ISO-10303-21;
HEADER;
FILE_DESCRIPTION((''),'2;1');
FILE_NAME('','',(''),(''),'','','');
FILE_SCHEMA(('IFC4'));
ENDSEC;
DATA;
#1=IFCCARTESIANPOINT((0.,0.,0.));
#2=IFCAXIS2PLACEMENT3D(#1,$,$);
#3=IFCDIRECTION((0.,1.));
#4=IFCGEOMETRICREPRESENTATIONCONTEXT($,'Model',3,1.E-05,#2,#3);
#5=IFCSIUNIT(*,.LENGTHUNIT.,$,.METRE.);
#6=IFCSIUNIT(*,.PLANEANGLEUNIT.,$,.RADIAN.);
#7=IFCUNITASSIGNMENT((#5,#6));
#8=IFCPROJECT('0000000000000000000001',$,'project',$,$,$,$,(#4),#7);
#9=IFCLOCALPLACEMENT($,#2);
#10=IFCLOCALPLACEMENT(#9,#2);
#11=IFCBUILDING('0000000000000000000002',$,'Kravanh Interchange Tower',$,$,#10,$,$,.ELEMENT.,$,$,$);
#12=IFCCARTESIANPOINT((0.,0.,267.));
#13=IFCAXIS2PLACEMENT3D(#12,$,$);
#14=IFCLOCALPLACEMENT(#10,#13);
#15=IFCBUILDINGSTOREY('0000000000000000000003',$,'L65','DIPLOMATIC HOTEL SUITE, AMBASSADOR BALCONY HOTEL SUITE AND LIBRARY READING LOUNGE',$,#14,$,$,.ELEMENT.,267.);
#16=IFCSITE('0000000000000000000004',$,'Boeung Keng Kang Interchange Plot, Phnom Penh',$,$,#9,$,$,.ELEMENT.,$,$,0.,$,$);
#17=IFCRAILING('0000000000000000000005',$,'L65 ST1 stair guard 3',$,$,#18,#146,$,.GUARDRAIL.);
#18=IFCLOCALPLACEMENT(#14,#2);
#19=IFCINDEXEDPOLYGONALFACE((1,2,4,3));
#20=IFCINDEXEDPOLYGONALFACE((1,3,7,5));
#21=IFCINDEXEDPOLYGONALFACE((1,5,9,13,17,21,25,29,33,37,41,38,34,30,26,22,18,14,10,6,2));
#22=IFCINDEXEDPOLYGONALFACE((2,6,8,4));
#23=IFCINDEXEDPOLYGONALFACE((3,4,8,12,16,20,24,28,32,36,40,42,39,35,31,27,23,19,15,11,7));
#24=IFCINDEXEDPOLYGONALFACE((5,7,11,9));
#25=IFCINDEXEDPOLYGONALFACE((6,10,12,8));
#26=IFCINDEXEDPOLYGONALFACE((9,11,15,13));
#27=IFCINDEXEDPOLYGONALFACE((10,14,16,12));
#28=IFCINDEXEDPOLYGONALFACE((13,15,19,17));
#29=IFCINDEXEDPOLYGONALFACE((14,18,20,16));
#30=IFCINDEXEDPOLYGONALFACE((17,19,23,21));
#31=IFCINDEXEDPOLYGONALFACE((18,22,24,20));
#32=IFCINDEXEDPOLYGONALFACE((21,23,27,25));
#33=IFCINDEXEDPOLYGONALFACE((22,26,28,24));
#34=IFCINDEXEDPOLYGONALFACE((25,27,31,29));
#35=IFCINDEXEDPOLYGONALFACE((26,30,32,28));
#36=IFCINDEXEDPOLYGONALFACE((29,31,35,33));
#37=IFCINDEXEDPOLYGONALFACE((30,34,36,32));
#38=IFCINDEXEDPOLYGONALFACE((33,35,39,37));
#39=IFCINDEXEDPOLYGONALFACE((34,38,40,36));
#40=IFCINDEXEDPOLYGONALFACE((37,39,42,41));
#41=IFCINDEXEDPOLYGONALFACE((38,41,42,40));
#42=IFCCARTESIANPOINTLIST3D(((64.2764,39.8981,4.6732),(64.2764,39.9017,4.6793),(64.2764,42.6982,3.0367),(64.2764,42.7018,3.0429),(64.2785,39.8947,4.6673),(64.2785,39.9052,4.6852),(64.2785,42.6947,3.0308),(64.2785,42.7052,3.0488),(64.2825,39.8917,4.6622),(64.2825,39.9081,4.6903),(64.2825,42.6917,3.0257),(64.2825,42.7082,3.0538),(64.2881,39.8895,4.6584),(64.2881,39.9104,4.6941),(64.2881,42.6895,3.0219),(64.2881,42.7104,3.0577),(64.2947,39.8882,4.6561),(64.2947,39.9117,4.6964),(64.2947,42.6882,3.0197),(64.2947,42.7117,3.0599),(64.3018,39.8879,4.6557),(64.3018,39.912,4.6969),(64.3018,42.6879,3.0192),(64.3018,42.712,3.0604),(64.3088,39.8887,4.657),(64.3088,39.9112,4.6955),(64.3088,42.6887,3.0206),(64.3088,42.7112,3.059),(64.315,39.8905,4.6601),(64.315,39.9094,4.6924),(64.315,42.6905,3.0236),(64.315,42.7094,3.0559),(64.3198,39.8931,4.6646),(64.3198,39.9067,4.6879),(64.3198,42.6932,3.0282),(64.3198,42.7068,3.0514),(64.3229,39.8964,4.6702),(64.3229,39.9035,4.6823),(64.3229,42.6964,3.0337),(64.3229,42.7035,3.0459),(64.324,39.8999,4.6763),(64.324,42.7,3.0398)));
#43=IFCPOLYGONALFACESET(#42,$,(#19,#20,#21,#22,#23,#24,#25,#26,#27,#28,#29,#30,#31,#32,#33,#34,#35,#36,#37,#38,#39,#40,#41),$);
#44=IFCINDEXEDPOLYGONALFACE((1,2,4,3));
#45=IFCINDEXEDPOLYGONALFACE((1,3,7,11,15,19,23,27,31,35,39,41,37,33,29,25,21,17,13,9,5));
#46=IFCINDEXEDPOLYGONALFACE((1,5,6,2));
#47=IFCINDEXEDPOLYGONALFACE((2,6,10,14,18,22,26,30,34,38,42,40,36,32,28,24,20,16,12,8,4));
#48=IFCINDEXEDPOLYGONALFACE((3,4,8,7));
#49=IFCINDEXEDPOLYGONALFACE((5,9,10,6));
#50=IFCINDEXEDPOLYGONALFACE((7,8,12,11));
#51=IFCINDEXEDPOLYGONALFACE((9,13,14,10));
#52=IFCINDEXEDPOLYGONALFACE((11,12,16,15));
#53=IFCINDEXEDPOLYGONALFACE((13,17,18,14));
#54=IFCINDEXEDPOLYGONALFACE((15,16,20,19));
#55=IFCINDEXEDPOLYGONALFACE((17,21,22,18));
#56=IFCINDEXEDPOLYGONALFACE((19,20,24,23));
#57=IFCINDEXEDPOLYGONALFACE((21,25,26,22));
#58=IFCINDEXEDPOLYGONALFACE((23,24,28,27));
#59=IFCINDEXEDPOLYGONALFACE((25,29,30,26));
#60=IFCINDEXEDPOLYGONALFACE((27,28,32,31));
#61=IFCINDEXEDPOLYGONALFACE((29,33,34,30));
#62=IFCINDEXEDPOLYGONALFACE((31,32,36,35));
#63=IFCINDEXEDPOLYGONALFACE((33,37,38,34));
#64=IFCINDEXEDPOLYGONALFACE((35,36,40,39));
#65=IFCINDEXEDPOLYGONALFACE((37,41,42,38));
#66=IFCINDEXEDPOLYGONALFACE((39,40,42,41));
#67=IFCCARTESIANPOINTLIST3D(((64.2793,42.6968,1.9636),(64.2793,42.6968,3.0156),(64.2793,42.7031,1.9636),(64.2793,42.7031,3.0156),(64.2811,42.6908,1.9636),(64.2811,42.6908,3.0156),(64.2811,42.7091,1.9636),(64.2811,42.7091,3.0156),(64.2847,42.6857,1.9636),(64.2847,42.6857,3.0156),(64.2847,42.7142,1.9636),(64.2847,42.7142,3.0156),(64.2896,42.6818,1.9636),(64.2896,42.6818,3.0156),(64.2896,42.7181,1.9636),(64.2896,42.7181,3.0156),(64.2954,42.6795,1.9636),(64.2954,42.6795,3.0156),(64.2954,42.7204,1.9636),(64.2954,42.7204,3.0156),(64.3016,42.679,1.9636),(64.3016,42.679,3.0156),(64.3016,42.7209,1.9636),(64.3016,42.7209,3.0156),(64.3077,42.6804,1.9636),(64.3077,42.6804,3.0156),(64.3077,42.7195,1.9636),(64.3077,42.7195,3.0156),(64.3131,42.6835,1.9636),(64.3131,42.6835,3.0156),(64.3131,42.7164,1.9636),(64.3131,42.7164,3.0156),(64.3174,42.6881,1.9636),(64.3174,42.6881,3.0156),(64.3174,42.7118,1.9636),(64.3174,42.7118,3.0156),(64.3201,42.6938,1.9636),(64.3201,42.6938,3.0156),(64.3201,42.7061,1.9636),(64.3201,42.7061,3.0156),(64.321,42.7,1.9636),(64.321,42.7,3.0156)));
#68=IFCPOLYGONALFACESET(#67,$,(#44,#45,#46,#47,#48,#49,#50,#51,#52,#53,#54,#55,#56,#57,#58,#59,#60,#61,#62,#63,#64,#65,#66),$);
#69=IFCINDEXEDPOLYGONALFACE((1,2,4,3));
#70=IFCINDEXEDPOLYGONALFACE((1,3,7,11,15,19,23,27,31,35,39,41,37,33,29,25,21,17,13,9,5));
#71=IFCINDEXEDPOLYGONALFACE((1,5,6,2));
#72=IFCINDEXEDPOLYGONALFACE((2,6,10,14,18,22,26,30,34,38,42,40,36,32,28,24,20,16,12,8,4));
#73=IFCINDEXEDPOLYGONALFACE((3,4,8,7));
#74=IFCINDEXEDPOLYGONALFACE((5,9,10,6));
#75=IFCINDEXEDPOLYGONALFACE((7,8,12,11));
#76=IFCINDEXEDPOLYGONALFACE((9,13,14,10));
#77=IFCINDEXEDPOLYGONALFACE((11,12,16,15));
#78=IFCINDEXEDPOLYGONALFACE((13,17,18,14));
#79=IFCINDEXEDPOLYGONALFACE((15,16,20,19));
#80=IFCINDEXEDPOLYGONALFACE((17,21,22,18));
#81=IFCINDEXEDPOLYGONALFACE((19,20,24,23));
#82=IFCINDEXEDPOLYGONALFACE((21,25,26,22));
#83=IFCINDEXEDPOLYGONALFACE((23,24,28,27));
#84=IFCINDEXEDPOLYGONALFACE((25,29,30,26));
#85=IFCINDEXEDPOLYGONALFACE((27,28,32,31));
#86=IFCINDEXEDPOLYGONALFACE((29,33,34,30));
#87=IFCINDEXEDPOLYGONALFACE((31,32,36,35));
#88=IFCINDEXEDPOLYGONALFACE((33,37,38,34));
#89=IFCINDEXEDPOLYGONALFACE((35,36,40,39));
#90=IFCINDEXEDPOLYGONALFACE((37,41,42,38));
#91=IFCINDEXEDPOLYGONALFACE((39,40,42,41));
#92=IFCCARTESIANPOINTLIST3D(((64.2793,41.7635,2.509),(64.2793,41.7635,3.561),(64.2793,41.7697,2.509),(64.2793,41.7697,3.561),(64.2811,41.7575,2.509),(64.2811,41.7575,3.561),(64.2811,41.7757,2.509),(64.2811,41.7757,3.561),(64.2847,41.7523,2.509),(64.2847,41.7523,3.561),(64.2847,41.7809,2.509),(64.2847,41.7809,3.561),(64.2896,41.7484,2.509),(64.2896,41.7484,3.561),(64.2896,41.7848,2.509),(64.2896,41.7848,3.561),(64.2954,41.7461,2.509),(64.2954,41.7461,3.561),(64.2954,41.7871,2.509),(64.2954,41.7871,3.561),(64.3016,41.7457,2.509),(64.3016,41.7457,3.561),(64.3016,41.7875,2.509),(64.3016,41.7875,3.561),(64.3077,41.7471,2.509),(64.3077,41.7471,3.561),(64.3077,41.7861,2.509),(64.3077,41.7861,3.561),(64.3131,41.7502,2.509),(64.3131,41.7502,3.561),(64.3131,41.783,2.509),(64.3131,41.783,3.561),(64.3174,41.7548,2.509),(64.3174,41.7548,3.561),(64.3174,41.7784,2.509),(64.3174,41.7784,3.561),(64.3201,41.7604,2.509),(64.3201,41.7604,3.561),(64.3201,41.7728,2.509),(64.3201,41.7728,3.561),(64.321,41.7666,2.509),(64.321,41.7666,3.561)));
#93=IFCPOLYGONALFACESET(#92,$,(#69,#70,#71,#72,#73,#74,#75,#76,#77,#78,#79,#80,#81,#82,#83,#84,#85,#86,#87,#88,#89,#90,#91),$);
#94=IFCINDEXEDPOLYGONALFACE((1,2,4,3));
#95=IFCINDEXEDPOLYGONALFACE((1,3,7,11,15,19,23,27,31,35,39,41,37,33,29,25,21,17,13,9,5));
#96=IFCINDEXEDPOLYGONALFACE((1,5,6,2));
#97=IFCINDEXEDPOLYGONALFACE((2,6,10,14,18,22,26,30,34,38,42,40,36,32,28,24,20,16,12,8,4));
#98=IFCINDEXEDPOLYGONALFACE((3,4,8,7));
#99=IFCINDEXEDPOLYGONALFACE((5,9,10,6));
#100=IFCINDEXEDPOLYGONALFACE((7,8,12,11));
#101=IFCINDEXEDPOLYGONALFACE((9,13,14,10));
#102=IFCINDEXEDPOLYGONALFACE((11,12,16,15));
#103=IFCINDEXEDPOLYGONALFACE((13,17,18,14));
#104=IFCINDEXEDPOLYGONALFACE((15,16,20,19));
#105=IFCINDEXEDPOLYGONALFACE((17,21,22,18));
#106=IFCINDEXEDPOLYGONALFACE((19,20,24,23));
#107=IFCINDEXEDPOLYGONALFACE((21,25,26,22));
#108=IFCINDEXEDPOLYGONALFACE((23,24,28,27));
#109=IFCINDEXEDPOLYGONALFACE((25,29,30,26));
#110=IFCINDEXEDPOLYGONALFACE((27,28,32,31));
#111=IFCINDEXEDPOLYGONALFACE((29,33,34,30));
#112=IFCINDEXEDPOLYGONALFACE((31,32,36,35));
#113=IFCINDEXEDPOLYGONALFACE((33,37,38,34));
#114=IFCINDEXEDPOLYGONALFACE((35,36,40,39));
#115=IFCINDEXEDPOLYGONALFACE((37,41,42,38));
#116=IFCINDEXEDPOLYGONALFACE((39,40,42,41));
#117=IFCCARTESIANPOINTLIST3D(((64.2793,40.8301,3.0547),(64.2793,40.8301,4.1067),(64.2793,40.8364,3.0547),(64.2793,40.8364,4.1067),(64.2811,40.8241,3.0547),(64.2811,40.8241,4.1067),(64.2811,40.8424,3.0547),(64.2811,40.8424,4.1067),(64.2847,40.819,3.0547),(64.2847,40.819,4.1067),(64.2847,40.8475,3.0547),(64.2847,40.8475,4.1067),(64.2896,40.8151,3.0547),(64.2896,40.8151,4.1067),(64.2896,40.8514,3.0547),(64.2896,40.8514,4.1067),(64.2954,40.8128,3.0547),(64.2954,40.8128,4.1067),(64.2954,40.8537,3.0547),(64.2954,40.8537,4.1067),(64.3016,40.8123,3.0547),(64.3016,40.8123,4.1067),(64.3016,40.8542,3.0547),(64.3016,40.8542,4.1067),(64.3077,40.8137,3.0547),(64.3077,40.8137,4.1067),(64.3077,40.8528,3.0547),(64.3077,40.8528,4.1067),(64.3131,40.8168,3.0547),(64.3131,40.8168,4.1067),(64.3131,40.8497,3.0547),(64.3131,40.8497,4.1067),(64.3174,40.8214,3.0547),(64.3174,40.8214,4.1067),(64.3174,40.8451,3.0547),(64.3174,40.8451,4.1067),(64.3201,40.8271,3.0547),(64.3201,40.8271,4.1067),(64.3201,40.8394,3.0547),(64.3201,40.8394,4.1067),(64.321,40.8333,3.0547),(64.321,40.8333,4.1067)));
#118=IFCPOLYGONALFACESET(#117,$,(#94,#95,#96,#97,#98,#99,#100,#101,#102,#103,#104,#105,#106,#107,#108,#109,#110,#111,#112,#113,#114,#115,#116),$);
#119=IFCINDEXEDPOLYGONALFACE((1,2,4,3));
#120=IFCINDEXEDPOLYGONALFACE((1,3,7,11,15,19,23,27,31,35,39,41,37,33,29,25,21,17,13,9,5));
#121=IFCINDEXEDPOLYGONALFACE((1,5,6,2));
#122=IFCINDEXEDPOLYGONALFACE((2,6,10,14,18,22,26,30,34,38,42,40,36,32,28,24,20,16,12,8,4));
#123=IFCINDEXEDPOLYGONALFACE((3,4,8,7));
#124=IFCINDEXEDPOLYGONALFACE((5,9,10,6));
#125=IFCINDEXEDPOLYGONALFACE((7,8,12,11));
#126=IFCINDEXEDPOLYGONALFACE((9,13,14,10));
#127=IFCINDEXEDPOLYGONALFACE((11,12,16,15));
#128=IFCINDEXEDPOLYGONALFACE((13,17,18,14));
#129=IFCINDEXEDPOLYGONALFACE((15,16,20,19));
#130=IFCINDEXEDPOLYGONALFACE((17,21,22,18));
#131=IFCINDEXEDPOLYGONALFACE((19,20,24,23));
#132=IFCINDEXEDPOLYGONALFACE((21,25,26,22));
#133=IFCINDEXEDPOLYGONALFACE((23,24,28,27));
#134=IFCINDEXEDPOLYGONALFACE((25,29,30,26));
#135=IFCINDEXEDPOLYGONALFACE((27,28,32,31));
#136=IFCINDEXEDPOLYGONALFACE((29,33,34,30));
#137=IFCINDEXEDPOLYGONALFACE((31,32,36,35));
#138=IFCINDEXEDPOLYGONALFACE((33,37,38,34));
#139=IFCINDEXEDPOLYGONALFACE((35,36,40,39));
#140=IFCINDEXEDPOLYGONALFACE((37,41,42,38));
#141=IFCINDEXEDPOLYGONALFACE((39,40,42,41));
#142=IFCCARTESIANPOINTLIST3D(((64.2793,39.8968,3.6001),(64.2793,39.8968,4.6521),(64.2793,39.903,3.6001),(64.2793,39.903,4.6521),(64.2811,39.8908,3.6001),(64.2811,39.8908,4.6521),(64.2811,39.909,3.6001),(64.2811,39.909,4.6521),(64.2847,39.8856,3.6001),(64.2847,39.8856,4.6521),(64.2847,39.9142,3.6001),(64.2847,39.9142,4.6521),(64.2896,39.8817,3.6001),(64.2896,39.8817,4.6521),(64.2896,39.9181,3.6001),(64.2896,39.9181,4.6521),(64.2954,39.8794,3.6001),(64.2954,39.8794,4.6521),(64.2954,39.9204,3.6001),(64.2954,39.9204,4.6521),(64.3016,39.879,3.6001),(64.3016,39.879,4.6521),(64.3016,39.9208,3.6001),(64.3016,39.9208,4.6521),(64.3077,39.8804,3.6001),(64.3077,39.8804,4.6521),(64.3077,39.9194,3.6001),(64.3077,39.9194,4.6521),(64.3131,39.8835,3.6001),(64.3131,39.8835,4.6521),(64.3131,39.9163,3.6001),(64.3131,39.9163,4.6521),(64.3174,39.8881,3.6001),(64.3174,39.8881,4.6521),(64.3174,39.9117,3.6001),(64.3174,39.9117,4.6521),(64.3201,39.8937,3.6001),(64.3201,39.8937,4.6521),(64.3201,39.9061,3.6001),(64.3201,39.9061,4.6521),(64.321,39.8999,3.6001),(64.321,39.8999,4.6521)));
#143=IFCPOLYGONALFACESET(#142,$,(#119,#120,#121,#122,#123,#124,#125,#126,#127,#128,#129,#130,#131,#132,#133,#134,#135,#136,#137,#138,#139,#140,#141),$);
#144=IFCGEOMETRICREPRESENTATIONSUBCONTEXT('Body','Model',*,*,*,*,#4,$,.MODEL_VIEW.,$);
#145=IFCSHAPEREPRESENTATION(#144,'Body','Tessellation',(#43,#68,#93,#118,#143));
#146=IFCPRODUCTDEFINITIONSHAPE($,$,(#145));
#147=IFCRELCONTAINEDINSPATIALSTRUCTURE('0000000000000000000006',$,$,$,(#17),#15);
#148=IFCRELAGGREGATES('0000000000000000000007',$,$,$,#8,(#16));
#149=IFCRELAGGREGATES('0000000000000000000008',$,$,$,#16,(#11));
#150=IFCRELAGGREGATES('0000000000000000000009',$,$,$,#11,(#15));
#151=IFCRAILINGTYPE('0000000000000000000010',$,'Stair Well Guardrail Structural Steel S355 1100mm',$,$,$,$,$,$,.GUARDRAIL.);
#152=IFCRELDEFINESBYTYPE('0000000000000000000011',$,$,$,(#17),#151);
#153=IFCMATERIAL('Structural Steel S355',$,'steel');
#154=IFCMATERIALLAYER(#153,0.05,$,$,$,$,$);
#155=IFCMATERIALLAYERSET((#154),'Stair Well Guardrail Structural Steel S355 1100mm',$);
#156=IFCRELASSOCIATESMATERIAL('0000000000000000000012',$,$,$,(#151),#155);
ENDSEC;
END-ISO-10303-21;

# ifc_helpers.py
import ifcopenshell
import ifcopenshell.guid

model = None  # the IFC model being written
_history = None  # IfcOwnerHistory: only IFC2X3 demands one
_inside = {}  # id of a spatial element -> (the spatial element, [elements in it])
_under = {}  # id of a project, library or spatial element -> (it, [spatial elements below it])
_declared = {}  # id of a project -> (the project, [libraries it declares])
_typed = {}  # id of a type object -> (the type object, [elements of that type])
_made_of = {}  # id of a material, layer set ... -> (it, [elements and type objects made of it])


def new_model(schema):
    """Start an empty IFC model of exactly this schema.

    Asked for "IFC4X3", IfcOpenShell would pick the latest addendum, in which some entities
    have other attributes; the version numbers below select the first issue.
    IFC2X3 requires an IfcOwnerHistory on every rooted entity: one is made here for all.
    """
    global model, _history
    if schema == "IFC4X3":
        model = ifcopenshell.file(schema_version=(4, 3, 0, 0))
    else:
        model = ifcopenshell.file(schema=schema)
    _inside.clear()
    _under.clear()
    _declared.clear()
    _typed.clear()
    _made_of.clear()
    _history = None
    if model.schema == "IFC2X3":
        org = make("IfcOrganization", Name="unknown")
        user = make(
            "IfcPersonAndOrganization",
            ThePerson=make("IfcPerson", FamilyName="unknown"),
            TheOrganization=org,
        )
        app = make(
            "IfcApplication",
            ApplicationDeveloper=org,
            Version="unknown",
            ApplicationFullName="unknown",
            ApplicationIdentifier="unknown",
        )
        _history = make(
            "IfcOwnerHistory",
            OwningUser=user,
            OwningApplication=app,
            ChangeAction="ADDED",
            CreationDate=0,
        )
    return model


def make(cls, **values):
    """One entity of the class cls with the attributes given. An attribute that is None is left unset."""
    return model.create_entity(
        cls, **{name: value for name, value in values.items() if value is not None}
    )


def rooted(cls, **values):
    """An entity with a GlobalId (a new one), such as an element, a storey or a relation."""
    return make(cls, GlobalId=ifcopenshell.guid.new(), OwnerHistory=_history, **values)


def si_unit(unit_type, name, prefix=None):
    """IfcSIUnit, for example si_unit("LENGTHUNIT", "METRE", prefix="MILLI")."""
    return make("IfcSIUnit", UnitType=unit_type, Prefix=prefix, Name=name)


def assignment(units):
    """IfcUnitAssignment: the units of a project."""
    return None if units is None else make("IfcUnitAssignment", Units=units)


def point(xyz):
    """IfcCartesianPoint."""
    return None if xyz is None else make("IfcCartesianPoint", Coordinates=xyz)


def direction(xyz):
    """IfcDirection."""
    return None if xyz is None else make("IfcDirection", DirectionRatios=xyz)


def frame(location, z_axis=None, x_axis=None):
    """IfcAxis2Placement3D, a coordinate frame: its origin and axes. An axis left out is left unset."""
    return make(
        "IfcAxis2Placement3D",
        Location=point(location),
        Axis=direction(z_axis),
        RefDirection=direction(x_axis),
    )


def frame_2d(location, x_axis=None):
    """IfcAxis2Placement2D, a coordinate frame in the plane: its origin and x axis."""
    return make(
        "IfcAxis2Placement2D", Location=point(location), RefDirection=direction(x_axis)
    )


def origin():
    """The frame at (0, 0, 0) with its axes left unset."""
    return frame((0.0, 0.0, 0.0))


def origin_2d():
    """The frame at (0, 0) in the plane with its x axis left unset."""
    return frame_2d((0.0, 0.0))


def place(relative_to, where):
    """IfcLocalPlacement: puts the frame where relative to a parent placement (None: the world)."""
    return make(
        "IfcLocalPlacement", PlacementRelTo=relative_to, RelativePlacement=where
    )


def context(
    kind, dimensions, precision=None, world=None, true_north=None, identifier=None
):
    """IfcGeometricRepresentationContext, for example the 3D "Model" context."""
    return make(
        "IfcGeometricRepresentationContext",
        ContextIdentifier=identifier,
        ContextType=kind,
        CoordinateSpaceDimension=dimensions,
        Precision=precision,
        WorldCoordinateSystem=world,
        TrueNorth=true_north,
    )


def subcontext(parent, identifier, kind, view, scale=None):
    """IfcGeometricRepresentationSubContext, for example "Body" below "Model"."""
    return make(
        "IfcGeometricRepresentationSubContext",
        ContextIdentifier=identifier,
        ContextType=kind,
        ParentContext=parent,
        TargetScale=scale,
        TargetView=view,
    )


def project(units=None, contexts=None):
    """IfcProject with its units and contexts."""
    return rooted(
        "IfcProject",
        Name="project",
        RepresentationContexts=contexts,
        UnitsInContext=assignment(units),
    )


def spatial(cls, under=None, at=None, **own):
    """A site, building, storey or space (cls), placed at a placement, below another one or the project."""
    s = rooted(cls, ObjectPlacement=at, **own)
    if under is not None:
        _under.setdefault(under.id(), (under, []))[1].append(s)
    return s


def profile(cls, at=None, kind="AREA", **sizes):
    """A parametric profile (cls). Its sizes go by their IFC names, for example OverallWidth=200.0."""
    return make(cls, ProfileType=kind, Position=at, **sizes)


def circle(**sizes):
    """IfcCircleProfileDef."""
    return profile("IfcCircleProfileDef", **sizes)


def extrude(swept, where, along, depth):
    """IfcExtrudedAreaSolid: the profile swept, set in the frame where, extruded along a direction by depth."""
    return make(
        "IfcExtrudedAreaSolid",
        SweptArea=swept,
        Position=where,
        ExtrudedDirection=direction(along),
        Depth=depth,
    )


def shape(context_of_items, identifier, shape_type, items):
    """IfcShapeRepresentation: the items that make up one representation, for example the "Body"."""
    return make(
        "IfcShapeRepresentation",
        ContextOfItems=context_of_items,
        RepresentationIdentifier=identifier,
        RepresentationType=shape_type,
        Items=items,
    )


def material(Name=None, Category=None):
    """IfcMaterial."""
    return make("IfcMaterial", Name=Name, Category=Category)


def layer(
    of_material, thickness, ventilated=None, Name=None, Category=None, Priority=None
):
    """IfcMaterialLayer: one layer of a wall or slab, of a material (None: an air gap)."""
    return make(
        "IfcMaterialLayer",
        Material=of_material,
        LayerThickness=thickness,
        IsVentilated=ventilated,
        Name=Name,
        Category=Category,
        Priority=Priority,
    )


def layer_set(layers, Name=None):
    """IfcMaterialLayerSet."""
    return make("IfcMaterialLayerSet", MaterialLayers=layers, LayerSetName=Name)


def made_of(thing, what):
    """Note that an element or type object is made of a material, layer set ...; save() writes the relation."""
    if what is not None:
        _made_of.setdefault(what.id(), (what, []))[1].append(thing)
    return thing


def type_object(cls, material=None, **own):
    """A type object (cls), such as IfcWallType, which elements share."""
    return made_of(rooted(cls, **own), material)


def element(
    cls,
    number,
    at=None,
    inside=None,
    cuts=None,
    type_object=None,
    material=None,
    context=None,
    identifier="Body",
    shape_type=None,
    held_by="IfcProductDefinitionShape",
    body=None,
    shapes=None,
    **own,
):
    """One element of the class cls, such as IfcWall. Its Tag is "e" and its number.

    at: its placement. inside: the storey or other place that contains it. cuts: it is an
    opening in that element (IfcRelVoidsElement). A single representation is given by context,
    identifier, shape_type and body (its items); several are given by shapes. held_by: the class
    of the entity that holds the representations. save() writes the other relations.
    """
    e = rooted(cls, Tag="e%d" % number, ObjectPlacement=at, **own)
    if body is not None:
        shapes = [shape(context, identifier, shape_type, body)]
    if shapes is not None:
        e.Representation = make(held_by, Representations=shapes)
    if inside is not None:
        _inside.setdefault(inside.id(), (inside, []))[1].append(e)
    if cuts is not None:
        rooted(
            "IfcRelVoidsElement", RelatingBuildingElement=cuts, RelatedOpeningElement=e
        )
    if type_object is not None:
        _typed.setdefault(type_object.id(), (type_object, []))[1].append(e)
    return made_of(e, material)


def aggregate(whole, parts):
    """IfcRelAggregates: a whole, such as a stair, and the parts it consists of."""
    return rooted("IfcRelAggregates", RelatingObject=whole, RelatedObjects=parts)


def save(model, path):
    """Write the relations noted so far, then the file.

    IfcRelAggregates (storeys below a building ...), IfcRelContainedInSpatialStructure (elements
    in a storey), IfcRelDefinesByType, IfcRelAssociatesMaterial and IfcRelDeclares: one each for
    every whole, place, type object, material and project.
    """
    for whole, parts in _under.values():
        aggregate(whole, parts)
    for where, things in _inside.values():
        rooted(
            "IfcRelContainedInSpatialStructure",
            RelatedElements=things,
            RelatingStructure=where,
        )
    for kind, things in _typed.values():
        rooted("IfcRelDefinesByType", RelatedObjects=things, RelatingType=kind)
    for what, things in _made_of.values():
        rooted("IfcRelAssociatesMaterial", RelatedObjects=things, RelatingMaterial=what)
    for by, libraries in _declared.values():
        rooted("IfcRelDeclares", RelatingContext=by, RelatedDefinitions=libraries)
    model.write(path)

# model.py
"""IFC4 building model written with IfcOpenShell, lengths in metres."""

from ifc_helpers import new_model, si_unit, direction, frame, origin, origin_2d, place, context, subcontext, project, spatial, circle, extrude, material, layer, layer_set, type_object, element, save


model = new_model("IFC4")

# Units and contexts
model_context = context("Model", 3, precision=1e-05, world=origin(), true_north=direction((0.0, 1.0)))
body_context = subcontext(model_context, "Body", "Model", "MODEL_VIEW")
ifc_project = project(units=[si_unit("LENGTHUNIT", "METRE"), si_unit("PLANEANGLEUNIT", "RADIAN")], contexts=[model_context])

# Site, building, storey
site_placement = place(None, origin())
site = spatial("IfcSite", under=ifc_project, at=site_placement, Name="Boeung Keng Kang Interchange Plot, Phnom Penh", CompositionType="ELEMENT", RefElevation=0.0)
building_placement = place(site_placement, origin())
building = spatial("IfcBuilding", under=site, at=building_placement, Name="Kravanh Interchange Tower", CompositionType="ELEMENT")
storey_placement = place(building_placement, frame((0.0, 0.0, 267.0)))
storey = spatial("IfcBuildingStorey", under=building, at=storey_placement, Name="L65", Description="DIPLOMATIC HOTEL SUITE, AMBASSADOR BALCONY HOTEL SUITE AND LIBRARY READING LOUNGE", CompositionType="ELEMENT", Elevation=267.0)

# Railing
ifc_material_1 = material(Name="Structural Steel S355", Category="steel")
ifc_layer_1 = layer(ifc_material_1, 0.05)
ifc_layer_set_1 = layer_set([ifc_layer_1], Name="Stair Well Guardrail Structural Steel S355 1100mm")
railing_type_1 = type_object("IfcRailingType", Name="Stair Well Guardrail Structural Steel S355 1100mm", PredefinedType="GUARDRAIL", material=ifc_layer_set_1)
railing_1_placement = place(storey_placement, frame((64.3, 42.7, 1.9636)))
element("IfcRailing", 1, at=railing_1_placement, inside=storey, type_object=railing_type_1, Name="L65 ST1 stair guard 3", PredefinedType="GUARDRAIL", context=body_context, shape_type="SweptSolid", body=[
    extrude(circle(Radius=0.0239, at=origin_2d()), frame((0.0, 0.0, 1.0762), z_axis=(0.0, -0.863361, 0.504587), x_axis=(1.0, 0.0, 0.0)), (0.0, 0.0, 1.0), 3.2432),
    extrude(circle(Radius=0.021, at=origin_2d()), origin(), (0.0, 0.0, 1.0), 1.052),
    extrude(circle(Radius=0.021, at=origin_2d()), frame((0.0, -0.9333, 0.5454)), (0.0, 0.0, 1.0), 1.052),
    extrude(circle(Radius=0.021, at=origin_2d()), frame((0.0, -1.8667, 1.0911)), (0.0, 0.0, 1.0), 1.052),
    extrude(circle(Radius=0.021, at=origin_2d()), frame((0.0, -2.8, 1.6365)), (0.0, 0.0, 1.0), 1.052),
])

save(model, "model.ifc")
